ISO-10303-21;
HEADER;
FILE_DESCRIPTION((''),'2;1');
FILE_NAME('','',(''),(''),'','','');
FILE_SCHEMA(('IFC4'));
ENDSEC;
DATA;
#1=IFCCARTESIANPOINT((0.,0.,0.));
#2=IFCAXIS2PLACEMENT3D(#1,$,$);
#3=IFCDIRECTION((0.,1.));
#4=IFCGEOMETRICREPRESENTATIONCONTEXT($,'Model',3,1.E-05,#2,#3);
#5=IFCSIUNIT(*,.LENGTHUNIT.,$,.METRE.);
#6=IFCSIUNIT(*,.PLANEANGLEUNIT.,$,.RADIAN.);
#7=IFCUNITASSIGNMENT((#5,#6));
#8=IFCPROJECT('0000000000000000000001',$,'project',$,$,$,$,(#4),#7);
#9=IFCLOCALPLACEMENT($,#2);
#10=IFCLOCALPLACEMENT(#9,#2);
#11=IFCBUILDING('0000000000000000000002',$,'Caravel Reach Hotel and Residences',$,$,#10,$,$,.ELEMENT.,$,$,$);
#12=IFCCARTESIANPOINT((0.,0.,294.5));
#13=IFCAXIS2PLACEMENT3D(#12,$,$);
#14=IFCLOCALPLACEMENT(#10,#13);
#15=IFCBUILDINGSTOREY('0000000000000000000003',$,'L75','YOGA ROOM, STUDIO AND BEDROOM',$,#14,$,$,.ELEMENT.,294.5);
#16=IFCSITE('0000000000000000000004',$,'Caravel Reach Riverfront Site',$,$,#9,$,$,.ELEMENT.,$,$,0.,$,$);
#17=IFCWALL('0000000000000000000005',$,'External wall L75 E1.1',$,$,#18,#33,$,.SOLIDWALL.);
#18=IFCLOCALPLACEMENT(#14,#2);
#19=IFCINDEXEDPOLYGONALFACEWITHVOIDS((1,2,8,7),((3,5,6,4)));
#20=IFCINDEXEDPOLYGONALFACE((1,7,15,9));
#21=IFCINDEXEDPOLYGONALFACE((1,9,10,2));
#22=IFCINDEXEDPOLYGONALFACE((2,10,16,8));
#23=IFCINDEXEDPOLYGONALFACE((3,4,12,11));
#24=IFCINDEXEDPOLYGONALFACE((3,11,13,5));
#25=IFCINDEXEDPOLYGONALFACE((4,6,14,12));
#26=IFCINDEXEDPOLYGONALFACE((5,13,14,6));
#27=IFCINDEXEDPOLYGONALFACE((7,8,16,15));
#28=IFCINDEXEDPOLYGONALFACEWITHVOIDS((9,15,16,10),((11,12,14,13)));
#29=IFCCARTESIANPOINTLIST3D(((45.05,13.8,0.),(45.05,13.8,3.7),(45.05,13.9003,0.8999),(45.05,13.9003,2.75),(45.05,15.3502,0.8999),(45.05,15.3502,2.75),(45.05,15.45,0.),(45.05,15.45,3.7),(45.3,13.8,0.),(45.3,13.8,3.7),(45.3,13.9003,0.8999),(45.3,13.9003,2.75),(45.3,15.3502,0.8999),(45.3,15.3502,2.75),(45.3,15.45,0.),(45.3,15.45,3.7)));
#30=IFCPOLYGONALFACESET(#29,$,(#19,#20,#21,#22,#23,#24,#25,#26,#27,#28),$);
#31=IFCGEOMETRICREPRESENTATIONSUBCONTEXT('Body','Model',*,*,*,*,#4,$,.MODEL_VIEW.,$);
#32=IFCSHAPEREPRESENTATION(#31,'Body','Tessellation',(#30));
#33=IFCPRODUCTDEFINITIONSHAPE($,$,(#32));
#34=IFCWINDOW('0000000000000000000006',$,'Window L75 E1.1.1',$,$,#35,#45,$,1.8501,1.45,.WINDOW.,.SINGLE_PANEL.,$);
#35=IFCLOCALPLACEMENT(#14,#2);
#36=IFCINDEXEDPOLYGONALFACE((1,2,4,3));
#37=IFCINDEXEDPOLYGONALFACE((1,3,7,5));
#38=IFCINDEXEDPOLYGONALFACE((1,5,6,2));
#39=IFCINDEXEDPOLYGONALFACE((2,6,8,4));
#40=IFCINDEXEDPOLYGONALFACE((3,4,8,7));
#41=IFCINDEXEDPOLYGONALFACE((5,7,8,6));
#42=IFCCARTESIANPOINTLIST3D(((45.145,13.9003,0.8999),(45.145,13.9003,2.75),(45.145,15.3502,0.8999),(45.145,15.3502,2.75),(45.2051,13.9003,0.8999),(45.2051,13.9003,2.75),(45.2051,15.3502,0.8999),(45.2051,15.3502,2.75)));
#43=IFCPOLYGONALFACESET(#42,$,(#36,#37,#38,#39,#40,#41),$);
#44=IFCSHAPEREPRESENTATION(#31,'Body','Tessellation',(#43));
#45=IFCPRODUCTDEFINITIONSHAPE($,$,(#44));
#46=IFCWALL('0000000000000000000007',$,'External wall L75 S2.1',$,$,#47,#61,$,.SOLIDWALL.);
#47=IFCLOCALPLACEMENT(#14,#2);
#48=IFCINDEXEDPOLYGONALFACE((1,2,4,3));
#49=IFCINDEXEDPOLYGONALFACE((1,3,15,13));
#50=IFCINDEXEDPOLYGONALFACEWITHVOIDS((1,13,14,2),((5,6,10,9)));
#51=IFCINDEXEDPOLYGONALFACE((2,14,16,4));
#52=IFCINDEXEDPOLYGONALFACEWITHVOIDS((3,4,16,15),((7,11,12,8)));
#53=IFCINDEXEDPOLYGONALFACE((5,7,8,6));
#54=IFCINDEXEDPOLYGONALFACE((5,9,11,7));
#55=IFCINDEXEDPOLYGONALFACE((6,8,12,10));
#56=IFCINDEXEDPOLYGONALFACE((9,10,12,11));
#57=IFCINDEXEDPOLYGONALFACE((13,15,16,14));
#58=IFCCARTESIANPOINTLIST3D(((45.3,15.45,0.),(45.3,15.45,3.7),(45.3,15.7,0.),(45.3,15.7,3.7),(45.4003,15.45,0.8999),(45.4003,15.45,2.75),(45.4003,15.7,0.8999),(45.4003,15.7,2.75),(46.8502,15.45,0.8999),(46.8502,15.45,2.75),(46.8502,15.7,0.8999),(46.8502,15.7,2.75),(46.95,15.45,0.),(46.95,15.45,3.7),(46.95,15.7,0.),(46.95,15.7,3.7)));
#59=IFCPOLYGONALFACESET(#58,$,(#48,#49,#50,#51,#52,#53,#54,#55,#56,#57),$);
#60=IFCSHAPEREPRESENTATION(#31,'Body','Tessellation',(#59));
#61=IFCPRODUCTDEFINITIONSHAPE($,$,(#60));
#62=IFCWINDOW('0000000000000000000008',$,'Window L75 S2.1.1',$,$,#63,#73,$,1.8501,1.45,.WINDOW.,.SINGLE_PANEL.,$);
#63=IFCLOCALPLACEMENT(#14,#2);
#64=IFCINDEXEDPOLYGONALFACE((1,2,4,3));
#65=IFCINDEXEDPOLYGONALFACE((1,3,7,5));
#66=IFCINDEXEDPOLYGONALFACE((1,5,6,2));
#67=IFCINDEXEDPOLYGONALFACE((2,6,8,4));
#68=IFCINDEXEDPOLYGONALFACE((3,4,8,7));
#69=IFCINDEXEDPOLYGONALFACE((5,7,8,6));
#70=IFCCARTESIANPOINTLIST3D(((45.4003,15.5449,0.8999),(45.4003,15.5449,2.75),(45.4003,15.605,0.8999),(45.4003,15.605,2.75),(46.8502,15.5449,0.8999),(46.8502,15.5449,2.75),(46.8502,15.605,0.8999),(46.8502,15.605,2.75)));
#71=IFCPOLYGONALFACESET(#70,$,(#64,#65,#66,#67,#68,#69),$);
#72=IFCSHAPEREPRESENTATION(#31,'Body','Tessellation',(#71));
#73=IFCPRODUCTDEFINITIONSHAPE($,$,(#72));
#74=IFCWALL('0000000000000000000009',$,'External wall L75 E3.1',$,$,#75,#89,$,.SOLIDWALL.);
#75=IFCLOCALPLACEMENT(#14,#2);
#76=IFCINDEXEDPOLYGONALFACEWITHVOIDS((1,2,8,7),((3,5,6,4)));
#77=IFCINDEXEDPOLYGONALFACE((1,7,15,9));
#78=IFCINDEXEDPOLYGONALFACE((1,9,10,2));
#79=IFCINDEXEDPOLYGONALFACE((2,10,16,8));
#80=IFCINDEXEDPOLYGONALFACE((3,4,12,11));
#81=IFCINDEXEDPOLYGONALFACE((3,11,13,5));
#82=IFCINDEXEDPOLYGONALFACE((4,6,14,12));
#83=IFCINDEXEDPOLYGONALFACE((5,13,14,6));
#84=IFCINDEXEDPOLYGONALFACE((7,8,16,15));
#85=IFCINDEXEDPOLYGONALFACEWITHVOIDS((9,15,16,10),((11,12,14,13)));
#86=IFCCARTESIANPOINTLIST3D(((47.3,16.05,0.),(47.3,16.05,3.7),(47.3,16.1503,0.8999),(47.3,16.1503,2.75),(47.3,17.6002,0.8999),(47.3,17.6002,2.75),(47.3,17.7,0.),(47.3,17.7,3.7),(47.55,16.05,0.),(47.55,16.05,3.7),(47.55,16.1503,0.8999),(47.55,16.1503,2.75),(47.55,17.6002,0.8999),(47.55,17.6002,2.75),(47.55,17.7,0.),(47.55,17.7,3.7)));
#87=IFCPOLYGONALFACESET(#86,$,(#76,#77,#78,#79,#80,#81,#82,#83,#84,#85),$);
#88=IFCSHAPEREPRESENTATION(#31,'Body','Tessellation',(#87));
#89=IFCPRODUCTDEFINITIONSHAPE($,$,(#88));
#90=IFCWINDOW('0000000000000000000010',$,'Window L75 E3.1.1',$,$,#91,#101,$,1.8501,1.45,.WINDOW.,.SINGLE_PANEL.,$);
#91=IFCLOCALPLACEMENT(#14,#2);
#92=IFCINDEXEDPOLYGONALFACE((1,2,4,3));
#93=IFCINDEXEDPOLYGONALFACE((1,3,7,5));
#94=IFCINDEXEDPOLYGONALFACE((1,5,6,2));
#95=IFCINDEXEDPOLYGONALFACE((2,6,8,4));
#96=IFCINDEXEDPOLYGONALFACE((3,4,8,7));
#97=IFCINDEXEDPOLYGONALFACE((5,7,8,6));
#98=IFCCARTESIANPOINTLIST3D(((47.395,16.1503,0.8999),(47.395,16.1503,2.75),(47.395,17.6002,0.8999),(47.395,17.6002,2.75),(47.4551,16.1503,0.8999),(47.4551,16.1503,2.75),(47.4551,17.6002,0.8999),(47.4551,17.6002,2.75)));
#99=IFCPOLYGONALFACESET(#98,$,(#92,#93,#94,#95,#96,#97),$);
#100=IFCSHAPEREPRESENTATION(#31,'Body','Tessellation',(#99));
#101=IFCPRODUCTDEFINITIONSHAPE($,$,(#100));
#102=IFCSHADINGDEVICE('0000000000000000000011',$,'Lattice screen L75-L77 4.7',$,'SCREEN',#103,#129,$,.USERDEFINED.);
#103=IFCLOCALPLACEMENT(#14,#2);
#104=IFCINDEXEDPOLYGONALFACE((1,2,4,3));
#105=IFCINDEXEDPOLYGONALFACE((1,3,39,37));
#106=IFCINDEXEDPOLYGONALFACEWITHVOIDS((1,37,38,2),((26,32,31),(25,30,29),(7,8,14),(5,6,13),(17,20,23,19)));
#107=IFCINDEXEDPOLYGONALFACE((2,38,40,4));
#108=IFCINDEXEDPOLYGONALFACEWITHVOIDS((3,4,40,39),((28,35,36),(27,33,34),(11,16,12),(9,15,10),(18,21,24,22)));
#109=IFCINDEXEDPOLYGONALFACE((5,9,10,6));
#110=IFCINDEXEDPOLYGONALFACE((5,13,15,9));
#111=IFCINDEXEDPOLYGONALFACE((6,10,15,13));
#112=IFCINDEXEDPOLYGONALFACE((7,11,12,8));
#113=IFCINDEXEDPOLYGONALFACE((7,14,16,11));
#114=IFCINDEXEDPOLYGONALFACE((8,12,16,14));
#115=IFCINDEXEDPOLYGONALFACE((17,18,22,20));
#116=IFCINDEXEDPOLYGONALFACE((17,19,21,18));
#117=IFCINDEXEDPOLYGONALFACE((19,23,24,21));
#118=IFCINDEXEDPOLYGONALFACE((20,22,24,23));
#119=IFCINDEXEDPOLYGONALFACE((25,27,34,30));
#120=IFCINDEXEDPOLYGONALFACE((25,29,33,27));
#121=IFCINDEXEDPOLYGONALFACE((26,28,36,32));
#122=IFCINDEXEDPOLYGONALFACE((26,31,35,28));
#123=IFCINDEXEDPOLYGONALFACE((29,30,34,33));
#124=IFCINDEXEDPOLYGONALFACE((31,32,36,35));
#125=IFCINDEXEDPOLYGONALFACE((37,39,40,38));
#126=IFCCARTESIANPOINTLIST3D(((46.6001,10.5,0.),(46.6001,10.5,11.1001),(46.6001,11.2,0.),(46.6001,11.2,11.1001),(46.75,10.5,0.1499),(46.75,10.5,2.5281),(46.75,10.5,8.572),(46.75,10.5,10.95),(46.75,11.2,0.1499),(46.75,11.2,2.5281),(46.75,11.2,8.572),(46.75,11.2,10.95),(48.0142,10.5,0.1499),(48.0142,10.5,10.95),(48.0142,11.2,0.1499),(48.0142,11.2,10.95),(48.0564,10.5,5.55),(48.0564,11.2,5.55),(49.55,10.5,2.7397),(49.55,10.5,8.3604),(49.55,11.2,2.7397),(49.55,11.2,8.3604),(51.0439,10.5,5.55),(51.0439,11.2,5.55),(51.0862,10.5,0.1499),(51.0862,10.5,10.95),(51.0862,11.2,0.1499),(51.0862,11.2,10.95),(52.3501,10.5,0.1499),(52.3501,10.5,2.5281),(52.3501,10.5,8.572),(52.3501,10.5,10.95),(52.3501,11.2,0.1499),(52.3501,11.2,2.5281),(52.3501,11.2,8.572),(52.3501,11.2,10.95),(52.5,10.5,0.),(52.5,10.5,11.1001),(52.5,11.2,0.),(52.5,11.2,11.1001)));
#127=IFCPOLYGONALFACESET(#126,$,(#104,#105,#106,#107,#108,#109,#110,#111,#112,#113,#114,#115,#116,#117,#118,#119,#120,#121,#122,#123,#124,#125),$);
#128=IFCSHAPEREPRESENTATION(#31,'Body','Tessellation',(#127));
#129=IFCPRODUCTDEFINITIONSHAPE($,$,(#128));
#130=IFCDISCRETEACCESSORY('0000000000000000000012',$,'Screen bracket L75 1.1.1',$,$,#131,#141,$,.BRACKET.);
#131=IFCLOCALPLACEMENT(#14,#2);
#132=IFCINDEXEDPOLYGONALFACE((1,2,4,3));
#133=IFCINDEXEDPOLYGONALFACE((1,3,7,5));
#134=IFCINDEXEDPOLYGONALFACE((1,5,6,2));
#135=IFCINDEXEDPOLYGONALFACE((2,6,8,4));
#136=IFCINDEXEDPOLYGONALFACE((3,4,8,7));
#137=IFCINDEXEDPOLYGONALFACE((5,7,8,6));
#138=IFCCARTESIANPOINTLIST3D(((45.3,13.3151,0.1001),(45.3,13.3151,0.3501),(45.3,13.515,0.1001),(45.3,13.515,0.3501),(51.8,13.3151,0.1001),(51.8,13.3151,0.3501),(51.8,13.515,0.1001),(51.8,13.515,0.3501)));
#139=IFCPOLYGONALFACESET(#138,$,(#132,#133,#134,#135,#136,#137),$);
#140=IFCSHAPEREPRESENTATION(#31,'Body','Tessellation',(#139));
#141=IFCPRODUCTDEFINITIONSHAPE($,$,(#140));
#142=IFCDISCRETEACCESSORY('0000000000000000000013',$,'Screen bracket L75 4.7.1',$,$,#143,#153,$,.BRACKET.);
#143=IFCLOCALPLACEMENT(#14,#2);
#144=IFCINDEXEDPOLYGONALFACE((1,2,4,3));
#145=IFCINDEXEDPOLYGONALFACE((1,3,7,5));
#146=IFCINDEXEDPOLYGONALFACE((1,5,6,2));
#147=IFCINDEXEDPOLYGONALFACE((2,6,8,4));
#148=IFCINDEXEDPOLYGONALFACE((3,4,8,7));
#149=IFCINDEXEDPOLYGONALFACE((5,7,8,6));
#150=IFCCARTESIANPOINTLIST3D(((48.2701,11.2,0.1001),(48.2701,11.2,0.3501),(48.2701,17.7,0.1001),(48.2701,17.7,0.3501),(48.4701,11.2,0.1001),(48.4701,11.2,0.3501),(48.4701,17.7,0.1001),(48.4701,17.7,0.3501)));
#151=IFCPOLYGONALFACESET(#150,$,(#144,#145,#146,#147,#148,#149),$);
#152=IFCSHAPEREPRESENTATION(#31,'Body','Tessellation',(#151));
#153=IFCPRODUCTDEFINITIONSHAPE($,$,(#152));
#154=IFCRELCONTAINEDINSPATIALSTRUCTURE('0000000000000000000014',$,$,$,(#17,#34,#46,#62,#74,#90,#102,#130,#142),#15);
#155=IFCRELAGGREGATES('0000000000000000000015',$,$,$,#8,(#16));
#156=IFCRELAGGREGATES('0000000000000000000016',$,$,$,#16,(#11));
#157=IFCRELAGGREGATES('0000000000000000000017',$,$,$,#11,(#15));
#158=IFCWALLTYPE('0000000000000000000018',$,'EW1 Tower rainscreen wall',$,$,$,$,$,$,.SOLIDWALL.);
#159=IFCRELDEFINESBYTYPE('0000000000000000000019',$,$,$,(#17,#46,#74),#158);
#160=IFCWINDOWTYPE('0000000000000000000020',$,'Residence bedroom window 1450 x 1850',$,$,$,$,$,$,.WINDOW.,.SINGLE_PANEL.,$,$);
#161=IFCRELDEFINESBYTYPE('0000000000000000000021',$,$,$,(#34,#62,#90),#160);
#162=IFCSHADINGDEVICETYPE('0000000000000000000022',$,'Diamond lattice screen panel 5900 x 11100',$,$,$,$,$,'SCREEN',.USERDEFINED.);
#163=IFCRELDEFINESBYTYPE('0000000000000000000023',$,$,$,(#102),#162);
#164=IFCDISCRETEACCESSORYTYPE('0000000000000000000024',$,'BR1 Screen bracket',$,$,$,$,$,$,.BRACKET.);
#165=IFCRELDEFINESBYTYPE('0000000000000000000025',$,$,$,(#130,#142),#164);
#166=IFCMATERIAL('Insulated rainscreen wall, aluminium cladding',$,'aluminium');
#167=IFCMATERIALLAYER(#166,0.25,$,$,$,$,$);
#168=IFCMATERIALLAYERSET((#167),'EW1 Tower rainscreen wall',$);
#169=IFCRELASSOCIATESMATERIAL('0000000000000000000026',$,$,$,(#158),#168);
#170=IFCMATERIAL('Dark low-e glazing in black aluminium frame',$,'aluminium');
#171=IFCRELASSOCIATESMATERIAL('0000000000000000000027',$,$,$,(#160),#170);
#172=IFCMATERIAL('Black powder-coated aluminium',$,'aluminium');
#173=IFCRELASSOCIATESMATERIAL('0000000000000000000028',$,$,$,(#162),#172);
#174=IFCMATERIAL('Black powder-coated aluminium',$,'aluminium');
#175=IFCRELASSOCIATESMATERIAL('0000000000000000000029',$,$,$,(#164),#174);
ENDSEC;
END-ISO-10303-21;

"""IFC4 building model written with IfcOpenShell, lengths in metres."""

from ifc_helpers import new_model, si_unit, direction, frame, frame_2d, origin, origin_2d, place, context, subcontext, project, spatial, polyline, rectangle, outline, extrude, material, layer, layer_set, type_object, element, fill, save


model = new_model("IFC4")

# Units and contexts
model_context = context("Model", 3, precision=1e-05, world=origin(), true_north=direction((0.0, 1.0)))
body_context = subcontext(model_context, "Body", "Model", "MODEL_VIEW")
ifc_project = project(units=[si_unit("LENGTHUNIT", "METRE"), si_unit("PLANEANGLEUNIT", "RADIAN")], contexts=[model_context])

# Site, building, storey
site_placement = place(None, origin())
site = spatial("IfcSite", under=ifc_project, at=site_placement, Name="Caravel Reach Riverfront Site", CompositionType="ELEMENT", RefElevation=0.0)
building_placement = place(site_placement, origin())
building = spatial("IfcBuilding", under=site, at=building_placement, Name="Caravel Reach Hotel and Residences", CompositionType="ELEMENT")
storey_placement = place(building_placement, frame((0.0, 0.0, 294.5)))
storey = spatial("IfcBuildingStorey", under=building, at=storey_placement, Name="L75", Description="YOGA ROOM, STUDIO AND BEDROOM", CompositionType="ELEMENT", Elevation=294.5)

# Walls, openings, windows
ifc_material_1 = material(Name="Insulated rainscreen wall, aluminium cladding", Category="aluminium")
ifc_layer = layer(ifc_material_1, 0.25)
ifc_layer_set = layer_set([ifc_layer], Name="EW1 Tower rainscreen wall")
wall_type = type_object("IfcWallType", Name="EW1 Tower rainscreen wall", PredefinedType="SOLIDWALL", material=ifc_layer_set)
wall_1_placement = place(storey_placement, frame((45.175, 13.8, 0.0), z_axis=(0.0, 0.0, 1.0), x_axis=(0.0, 1.0, 0.0)))
wall_1 = element("IfcWall", 1, at=wall_1_placement, inside=storey, type_object=wall_type, Name="External wall L75 E1.1", PredefinedType="SOLIDWALL", context=body_context, shape_type="SweptSolid", body=[
    extrude(rectangle(XDim=1.6499, YDim=0.25, at=frame_2d((0.825, 0.0))), origin(), (0.0, 0.0, 1.0), 3.7),
])
opening_1_placement = place(wall_1_placement, frame((0.1001, 0.0, 0.8999)))
opening_1 = element("IfcOpeningElement", 2, at=opening_1_placement, cuts=wall_1, PredefinedType="OPENING", context=body_context, shape_type="SweptSolid", body=[
    extrude(rectangle(XDim=1.45, YDim=1.8501, at=frame_2d((0.7251, 0.925))), frame((0.0, 0.135, 0.0), z_axis=(0.0, -1.0, 0.0), x_axis=(1.0, 0.0, 0.0)), (0.0, 0.0, 1.0), 0.27),
])
ifc_material_2 = material(Name="Dark low-e glazing in black aluminium frame", Category="aluminium")
window_type = type_object("IfcWindowType", Name="Residence bedroom window 1450 x 1850", PartitioningType="SINGLE_PANEL", PredefinedType="WINDOW", material=ifc_material_2)
window_1_placement = place(opening_1_placement, origin())
window_1 = element("IfcWindow", 3, at=window_1_placement, inside=storey, type_object=window_type, Name="Window L75 E1.1.1", OverallHeight=1.8501, OverallWidth=1.45, PartitioningType="SINGLE_PANEL", PredefinedType="WINDOW", context=body_context, shape_type="SweptSolid", body=[
    extrude(rectangle(XDim=1.45, YDim=1.8501, at=frame_2d((0.7251, 0.925))), frame((0.0, 0.03, 0.0), z_axis=(0.0, -1.0, 0.0), x_axis=(1.0, 0.0, 0.0)), (0.0, 0.0, 1.0), 0.0601),
])
fill(opening_1, window_1)
wall_2_placement = place(storey_placement, frame((45.3, 15.575, 0.0), z_axis=(0.0, 0.0, 1.0), x_axis=(1.0, 0.0, 0.0)))
wall_2 = element("IfcWall", 4, at=wall_2_placement, inside=storey, type_object=wall_type, Name="External wall L75 S2.1", PredefinedType="SOLIDWALL", context=body_context, shape_type="SweptSolid", body=[
    extrude(rectangle(XDim=1.6499, YDim=0.25, at=frame_2d((0.825, 0.0))), origin(), (0.0, 0.0, 1.0), 3.7),
])
opening_2_placement = place(wall_2_placement, frame((0.1001, 0.0, 0.8999)))
opening_2 = element("IfcOpeningElement", 5, at=opening_2_placement, cuts=wall_2, PredefinedType="OPENING", context=body_context, shape_type="SweptSolid", body=[
    extrude(rectangle(XDim=1.45, YDim=1.8501, at=frame_2d((0.7251, 0.925))), frame((0.0, 0.135, 0.0), z_axis=(0.0, -1.0, 0.0), x_axis=(1.0, 0.0, 0.0)), (0.0, 0.0, 1.0), 0.27),
])
window_2_placement = place(opening_2_placement, origin())
window_2 = element("IfcWindow", 6, at=window_2_placement, inside=storey, type_object=window_type, Name="Window L75 S2.1.1", OverallHeight=1.8501, OverallWidth=1.45, PartitioningType="SINGLE_PANEL", PredefinedType="WINDOW", context=body_context, shape_type="SweptSolid", body=[
    extrude(rectangle(XDim=1.45, YDim=1.8501, at=frame_2d((0.7251, 0.925))), frame((0.0, 0.03, 0.0), z_axis=(0.0, -1.0, 0.0), x_axis=(1.0, 0.0, 0.0)), (0.0, 0.0, 1.0), 0.0601),
])
fill(opening_2, window_2)
wall_3_placement = place(storey_placement, frame((47.425, 16.05, 0.0), z_axis=(0.0, 0.0, 1.0), x_axis=(0.0, 1.0, 0.0)))
wall_3 = element("IfcWall", 7, at=wall_3_placement, inside=storey, type_object=wall_type, Name="External wall L75 E3.1", PredefinedType="SOLIDWALL", context=body_context, shape_type="SweptSolid", body=[
    extrude(rectangle(XDim=1.6499, YDim=0.25, at=frame_2d((0.825, 0.0))), origin(), (0.0, 0.0, 1.0), 3.7),
])
opening_3_placement = place(wall_3_placement, frame((0.1001, 0.0, 0.8999)))
opening_3 = element("IfcOpeningElement", 8, at=opening_3_placement, cuts=wall_3, PredefinedType="OPENING", context=body_context, shape_type="SweptSolid", body=[
    extrude(rectangle(XDim=1.45, YDim=1.8501, at=frame_2d((0.7251, 0.925))), frame((0.0, 0.135, 0.0), z_axis=(0.0, -1.0, 0.0), x_axis=(1.0, 0.0, 0.0)), (0.0, 0.0, 1.0), 0.27),
])
window_3_placement = place(opening_3_placement, origin())
window_3 = element("IfcWindow", 9, at=window_3_placement, inside=storey, type_object=window_type, Name="Window L75 E3.1.1", OverallHeight=1.8501, OverallWidth=1.45, PartitioningType="SINGLE_PANEL", PredefinedType="WINDOW", context=body_context, shape_type="SweptSolid", body=[
    extrude(rectangle(XDim=1.45, YDim=1.8501, at=frame_2d((0.7251, 0.925))), frame((0.0, 0.03, 0.0), z_axis=(0.0, -1.0, 0.0), x_axis=(1.0, 0.0, 0.0)), (0.0, 0.0, 1.0), 0.0601),
])
fill(opening_3, window_3)

# Shading device
ifc_material_3 = material(Name="Black powder-coated aluminium", Category="aluminium")
shading_device_type_1 = type_object("IfcShadingDeviceType", Name="Diamond lattice screen panel 5900 x 11100", ElementType="SCREEN", PredefinedType="USERDEFINED", material=ifc_material_3)
shading_device_1_placement = place(storey_placement, frame((46.6001, 11.2, 0.0), z_axis=(0.0, -1.0, 0.0), x_axis=(1.0, 0.0, 0.0)))
element("IfcShadingDevice", 10, at=shading_device_1_placement, inside=storey, type_object=shading_device_type_1, Name="Lattice screen L75-L77 4.7", ObjectType="SCREEN", PredefinedType="USERDEFINED", context=body_context, shape_type="SweptSolid", body=[
    extrude(outline(polyline([(0.0, 0.0), (5.8999, 0.0), (5.8999, 11.1001), (0.0, 11.1001), (0.0, 0.0)]), holes=[polyline([(1.4141, 0.1499), (0.1499, 2.5281), (0.1499, 0.1499), (1.4141, 0.1499)]), polyline([(0.1499, 8.572), (1.4141, 10.95), (0.1499, 10.95), (0.1499, 8.572)]), polyline([(2.95, 8.3604), (1.4563, 5.55), (2.95, 2.7397), (4.4438, 5.55), (2.95, 8.3604)]), polyline([(5.75, 2.5281), (4.4861, 0.1499), (5.75, 0.1499), (5.75, 2.5281)]), polyline([(4.4861, 10.95), (5.75, 8.572), (5.75, 10.95), (4.4861, 10.95)])]), origin(), (0.0, 0.0, 1.0), 0.7),
])

# Discrete accessories
ifc_material_4 = material(Name="Black powder-coated aluminium", Category="aluminium")
discrete_accessory_type = type_object("IfcDiscreteAccessoryType", Name="BR1 Screen bracket", PredefinedType="BRACKET", material=ifc_material_4)
for number, where, z_axis, x_axis, name in (
    (11, (48.55, 13.415, 0.1001), (0.0, 0.0, 1.0), (1.0, 0.0, 0.0), "Screen bracket L75 1.1.1"),
    (12, (48.3701, 14.45, 0.1001), (0.0, 0.0, 1.0), (0.0, -1.0, 0.0), "Screen bracket L75 4.7.1"),
):
    element("IfcDiscreteAccessory", number, at=place(storey_placement, frame(where, z_axis=z_axis, x_axis=x_axis)), inside=storey, type_object=discrete_accessory_type, Name=name, PredefinedType="BRACKET", context=body_context, shape_type="SweptSolid", body=[
        extrude(rectangle(XDim=6.5, YDim=0.2, at=origin_2d()), origin(), (0.0, 0.0, 1.0), 0.25),
    ])

save(model, "model.ifc")
